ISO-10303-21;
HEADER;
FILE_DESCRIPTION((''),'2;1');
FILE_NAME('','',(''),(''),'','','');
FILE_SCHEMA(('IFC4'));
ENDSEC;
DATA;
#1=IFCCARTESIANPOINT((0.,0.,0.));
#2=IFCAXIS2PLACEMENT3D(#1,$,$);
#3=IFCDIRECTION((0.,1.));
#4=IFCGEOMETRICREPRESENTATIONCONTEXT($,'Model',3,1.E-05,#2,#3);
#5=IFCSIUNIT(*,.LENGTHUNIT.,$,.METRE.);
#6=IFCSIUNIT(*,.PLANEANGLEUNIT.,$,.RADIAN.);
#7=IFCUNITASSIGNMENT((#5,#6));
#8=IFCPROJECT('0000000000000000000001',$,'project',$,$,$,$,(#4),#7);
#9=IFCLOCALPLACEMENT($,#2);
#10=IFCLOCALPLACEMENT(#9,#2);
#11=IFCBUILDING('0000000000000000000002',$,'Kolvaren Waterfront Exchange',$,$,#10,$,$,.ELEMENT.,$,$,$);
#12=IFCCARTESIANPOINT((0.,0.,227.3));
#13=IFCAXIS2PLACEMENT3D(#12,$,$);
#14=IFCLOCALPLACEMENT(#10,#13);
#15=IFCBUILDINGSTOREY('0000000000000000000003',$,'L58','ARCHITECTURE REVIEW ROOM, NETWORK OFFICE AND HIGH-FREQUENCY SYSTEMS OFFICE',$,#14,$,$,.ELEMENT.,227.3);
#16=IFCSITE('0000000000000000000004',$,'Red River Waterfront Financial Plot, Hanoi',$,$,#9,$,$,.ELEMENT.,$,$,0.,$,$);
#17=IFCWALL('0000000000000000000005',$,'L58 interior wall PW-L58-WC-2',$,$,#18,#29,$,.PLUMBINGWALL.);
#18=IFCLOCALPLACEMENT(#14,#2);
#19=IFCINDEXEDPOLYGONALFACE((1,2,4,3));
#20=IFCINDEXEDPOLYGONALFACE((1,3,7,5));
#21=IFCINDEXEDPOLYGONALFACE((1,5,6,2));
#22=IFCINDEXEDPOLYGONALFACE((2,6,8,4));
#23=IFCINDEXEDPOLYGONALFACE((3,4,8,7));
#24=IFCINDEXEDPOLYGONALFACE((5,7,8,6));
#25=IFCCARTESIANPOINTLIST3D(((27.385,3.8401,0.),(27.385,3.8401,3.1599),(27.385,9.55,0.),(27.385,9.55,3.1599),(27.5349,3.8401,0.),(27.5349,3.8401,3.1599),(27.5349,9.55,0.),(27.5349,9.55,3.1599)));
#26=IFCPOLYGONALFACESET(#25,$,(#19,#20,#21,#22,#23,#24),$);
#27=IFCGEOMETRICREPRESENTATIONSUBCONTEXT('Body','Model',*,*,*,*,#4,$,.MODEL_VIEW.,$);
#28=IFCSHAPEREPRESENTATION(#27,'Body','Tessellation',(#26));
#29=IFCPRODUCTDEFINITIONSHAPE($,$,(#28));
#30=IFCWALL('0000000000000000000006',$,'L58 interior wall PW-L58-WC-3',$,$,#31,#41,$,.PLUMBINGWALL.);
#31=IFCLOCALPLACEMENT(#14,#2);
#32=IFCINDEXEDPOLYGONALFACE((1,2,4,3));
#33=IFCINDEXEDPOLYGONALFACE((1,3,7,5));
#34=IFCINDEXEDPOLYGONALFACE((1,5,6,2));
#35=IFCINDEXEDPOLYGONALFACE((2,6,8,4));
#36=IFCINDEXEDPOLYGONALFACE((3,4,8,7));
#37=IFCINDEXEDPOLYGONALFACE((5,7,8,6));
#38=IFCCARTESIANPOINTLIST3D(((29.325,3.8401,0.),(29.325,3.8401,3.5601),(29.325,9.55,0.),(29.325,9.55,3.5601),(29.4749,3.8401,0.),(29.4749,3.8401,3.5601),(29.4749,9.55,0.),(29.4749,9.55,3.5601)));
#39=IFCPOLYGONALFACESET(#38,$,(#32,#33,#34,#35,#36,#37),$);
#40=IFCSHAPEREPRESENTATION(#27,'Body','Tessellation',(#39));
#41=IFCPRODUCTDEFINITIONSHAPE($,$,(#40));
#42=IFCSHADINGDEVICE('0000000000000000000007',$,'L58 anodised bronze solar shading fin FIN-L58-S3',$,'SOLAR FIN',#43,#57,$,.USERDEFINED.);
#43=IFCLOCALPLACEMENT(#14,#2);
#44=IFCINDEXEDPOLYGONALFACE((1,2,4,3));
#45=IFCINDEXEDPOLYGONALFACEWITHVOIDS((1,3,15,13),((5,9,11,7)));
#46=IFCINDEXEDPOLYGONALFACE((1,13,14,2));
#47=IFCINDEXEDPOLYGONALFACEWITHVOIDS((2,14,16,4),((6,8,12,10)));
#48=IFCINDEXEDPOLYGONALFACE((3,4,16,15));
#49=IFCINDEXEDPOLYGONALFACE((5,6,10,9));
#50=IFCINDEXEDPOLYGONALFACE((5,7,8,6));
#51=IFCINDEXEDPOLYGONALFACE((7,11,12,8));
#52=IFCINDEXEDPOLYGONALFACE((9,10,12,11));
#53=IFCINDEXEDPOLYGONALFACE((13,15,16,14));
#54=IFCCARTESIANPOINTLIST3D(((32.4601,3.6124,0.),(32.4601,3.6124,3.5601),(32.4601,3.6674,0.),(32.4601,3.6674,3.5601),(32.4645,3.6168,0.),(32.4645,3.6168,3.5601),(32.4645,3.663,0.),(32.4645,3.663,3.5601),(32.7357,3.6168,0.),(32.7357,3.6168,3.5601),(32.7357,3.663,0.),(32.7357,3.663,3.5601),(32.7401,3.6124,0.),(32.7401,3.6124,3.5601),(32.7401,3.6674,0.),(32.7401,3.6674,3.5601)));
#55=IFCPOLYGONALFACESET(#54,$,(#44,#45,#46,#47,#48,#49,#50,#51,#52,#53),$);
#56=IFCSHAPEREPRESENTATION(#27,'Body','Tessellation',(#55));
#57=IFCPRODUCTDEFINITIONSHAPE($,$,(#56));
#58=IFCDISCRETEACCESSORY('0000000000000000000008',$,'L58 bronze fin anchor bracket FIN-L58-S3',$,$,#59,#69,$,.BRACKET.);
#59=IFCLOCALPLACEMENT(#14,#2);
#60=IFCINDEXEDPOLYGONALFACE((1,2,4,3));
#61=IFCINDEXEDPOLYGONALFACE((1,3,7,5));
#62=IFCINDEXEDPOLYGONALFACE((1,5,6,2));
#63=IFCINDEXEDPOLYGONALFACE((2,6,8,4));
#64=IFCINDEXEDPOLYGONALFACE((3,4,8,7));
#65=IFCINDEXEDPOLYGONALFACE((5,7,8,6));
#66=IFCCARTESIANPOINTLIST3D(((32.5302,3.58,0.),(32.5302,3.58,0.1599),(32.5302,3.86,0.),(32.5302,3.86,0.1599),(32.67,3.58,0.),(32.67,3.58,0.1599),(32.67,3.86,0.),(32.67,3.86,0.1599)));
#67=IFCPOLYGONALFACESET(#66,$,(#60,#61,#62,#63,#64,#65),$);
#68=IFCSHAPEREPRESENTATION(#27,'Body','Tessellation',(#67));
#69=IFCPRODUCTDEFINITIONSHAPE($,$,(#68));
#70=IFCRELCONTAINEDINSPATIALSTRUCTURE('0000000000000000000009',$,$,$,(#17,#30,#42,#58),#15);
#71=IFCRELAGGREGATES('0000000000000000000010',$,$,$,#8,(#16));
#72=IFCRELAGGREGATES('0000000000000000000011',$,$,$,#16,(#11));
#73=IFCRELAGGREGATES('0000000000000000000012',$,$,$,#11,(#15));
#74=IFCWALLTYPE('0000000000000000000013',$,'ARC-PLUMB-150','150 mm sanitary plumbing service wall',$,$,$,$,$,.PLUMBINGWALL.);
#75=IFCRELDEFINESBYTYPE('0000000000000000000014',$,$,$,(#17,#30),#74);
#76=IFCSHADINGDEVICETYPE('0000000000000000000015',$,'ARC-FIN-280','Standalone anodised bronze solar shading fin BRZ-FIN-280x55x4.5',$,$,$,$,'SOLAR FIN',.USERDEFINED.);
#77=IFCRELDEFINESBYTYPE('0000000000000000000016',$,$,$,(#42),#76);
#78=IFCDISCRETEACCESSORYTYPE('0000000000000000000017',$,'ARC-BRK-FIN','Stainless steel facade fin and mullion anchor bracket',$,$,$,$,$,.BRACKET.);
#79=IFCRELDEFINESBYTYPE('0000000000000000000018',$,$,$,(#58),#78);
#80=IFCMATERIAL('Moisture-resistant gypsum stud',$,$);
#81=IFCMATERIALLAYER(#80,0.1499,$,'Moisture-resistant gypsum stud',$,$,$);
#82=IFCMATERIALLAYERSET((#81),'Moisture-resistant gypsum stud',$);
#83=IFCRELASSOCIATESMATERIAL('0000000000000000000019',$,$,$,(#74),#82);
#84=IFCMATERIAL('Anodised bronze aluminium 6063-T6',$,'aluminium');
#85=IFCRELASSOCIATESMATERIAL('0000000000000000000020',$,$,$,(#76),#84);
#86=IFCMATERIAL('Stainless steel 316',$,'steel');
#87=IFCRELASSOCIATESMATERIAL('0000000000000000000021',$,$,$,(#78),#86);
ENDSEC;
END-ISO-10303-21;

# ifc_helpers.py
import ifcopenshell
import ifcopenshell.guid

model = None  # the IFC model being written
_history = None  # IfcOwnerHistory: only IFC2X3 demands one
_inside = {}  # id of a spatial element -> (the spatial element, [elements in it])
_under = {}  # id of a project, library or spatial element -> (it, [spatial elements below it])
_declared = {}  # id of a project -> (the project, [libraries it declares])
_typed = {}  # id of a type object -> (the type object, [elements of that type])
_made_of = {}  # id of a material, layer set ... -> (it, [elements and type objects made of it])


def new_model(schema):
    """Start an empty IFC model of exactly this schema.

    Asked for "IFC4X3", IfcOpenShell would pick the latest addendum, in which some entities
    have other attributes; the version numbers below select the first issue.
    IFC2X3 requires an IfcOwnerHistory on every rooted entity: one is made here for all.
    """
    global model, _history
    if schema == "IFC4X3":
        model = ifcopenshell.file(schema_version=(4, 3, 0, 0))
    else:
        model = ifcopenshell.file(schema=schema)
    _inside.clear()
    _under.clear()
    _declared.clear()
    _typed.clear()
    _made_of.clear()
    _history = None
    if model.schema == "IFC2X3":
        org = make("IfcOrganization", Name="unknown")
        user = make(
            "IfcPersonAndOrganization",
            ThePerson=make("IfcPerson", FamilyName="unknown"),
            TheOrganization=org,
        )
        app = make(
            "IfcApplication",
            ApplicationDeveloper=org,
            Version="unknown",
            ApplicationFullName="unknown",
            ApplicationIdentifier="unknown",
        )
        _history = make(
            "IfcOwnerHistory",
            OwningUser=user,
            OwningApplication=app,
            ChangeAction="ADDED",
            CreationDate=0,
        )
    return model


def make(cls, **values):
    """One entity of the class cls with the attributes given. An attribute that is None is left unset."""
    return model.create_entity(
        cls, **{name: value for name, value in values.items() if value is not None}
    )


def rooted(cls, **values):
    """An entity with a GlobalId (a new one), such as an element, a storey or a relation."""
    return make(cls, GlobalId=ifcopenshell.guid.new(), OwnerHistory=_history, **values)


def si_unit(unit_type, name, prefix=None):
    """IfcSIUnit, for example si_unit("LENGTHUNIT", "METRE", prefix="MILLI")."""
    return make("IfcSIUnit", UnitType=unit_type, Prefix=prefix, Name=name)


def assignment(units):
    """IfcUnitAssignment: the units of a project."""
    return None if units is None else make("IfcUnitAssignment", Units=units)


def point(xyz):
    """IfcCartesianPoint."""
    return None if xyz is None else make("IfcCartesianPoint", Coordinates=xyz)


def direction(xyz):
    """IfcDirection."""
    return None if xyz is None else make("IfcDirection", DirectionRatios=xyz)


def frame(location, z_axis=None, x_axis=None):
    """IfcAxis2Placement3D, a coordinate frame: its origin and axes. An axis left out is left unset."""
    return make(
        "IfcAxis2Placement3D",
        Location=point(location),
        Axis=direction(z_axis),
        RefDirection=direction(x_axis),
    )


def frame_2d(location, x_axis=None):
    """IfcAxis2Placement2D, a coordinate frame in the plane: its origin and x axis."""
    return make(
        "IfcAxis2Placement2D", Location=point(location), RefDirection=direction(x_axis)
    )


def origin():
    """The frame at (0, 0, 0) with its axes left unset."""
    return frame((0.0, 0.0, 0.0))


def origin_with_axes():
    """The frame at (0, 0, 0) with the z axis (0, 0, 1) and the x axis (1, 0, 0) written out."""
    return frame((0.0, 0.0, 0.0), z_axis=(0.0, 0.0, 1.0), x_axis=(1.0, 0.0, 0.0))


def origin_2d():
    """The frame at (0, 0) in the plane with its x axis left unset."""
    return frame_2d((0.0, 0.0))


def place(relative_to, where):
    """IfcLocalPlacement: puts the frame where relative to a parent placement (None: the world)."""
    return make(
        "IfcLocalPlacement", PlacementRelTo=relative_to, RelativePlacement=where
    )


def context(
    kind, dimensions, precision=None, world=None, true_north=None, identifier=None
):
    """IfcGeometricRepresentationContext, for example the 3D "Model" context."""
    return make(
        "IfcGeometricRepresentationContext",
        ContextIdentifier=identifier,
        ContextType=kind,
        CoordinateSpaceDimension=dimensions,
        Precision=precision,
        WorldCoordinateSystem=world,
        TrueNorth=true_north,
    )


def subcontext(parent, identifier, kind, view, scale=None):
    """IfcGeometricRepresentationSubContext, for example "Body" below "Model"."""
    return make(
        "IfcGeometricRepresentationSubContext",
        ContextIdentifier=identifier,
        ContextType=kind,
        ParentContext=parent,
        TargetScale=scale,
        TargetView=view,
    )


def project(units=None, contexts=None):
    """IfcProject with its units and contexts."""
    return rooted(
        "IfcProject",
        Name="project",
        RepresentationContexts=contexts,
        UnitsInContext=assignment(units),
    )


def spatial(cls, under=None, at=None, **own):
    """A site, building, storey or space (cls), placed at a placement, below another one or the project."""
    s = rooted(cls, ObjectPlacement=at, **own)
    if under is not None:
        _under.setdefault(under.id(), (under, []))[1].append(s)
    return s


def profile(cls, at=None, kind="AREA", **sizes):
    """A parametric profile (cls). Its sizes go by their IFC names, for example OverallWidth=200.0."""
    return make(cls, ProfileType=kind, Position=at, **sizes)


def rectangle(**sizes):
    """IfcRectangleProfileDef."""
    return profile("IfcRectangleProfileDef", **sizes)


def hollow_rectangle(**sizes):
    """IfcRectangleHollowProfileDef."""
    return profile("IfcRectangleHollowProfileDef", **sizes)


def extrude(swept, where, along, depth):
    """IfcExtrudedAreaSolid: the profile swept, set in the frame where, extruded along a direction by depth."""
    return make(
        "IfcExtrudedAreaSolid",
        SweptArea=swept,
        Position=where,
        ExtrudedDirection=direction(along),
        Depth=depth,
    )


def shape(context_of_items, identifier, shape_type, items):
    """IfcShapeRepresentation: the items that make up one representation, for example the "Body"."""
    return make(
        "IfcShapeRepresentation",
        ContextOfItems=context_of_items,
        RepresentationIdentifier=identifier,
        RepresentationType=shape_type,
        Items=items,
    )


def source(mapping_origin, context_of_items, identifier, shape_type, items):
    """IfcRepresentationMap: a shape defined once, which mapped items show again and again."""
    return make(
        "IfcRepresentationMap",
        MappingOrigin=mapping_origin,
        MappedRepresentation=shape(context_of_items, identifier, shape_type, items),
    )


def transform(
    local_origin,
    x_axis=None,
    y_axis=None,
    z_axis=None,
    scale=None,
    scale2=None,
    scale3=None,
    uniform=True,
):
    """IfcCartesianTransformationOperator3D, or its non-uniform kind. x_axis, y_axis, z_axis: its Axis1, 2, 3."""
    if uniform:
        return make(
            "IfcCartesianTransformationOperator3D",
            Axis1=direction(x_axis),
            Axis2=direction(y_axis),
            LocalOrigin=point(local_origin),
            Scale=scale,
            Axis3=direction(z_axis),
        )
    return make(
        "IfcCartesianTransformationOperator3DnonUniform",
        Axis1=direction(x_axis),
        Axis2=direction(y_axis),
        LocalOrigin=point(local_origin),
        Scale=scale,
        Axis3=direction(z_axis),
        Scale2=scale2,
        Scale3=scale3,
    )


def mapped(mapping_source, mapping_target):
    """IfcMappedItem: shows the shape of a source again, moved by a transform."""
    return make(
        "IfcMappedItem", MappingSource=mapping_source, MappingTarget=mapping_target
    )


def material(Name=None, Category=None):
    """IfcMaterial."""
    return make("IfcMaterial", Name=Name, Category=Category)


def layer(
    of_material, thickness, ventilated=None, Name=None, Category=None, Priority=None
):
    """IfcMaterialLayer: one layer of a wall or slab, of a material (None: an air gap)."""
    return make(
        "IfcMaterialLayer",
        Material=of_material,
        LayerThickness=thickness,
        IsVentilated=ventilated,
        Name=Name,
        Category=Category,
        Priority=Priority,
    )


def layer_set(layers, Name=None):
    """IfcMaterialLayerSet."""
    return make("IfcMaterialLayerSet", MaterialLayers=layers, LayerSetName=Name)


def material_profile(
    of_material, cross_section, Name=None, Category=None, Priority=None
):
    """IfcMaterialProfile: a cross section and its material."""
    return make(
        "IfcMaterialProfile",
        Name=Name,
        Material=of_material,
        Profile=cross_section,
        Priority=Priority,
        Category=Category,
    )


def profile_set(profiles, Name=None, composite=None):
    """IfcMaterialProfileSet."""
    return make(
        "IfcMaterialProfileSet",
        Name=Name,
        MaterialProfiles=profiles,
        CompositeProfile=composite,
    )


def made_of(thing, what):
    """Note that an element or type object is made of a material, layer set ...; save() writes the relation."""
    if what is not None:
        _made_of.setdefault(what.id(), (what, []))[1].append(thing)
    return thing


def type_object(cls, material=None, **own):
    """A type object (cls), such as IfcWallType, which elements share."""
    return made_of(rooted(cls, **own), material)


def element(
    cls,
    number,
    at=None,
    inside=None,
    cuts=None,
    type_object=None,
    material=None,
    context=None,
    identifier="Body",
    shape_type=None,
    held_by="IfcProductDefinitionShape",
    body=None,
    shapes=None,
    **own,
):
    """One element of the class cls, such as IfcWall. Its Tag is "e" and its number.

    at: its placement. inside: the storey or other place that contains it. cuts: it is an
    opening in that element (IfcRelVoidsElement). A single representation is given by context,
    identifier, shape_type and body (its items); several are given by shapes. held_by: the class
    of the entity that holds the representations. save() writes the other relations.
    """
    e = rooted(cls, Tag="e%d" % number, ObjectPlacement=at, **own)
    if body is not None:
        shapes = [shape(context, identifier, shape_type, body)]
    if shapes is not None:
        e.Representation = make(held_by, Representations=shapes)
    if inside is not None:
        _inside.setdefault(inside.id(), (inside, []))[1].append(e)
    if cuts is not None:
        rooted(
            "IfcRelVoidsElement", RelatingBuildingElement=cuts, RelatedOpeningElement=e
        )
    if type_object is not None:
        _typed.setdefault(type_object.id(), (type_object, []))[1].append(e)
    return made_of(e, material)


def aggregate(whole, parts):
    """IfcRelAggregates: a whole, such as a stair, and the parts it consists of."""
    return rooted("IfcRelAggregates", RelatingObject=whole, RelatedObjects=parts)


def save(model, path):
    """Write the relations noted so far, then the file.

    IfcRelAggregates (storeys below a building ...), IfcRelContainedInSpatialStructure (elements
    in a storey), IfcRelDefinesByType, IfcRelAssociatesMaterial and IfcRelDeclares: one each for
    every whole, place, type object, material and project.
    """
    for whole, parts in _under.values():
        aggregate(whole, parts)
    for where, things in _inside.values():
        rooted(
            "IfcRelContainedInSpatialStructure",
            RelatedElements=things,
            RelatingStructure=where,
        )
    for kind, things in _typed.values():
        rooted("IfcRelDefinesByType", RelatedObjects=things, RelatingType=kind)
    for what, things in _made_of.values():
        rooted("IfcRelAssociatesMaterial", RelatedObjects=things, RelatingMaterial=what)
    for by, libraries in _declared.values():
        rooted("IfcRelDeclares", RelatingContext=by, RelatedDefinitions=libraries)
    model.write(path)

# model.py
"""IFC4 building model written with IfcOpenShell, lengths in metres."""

from ifc_helpers import new_model, si_unit, direction, frame, frame_2d, origin, origin_with_axes, origin_2d, place, context, subcontext, project, spatial, rectangle, hollow_rectangle, extrude, source, transform, mapped, material, layer, layer_set, material_profile, profile_set, type_object, element, save


model = new_model("IFC4")

# Units and contexts
model_context = context("Model", 3, precision=1e-05, world=origin(), true_north=direction((0.0, 1.0)))
body_context = subcontext(model_context, "Body", "Model", "MODEL_VIEW")
ifc_project = project(units=[si_unit("LENGTHUNIT", "METRE"), si_unit("PLANEANGLEUNIT", "RADIAN")], contexts=[model_context])

# Site, building, storey
site_placement = place(None, origin())
site = spatial("IfcSite", under=ifc_project, at=site_placement, Name="Red River Waterfront Financial Plot, Hanoi", CompositionType="ELEMENT", RefElevation=0.0)
building_placement = place(site_placement, origin())
building = spatial("IfcBuilding", under=site, at=building_placement, Name="Kolvaren Waterfront Exchange", CompositionType="ELEMENT")
storey_placement = place(building_placement, frame((0.0, 0.0, 227.3)))
storey = spatial("IfcBuildingStorey", under=building, at=storey_placement, Name="L58", Description="ARCHITECTURE REVIEW ROOM, NETWORK OFFICE AND HIGH-FREQUENCY SYSTEMS OFFICE", CompositionType="ELEMENT", Elevation=227.3)

# Shared definitions
ifc_material_1 = material(Name="Anodised bronze aluminium 6063-T6", Category="aluminium")

# Shared definitions
ifc_material_2 = material(Name="Moisture-resistant gypsum stud")
ifc_layer_1 = layer(ifc_material_2, 0.1499, Name="Moisture-resistant gypsum stud")
ifc_layer_set_1 = layer_set([ifc_layer_1], Name="Moisture-resistant gypsum stud")
wall_type_1 = type_object("IfcWallType", Name="ARC-PLUMB-150", Description="150 mm sanitary plumbing service wall", PredefinedType="PLUMBINGWALL", material=ifc_layer_set_1)

# Walls
wall_1_placement = place(storey_placement, frame((27.46, 3.8401, 0.0), z_axis=(0.0, 0.0, 1.0), x_axis=(0.0, 1.0, 0.0)))
element("IfcWall", 1, at=wall_1_placement, inside=storey, type_object=wall_type_1, Name="L58 interior wall PW-L58-WC-2", PredefinedType="PLUMBINGWALL", context=body_context, shape_type="SweptSolid", body=[
    extrude(rectangle(XDim=5.71, YDim=0.1499, at=frame_2d((2.855, 0.0))), origin(), (0.0, 0.0, 1.0), 3.1599),
])
wall_2_placement = place(storey_placement, frame((29.3999, 3.8401, 0.0), z_axis=(0.0, 0.0, 1.0), x_axis=(0.0, 1.0, 0.0)))
element("IfcWall", 2, at=wall_2_placement, inside=storey, type_object=wall_type_1, Name="L58 interior wall PW-L58-WC-3", PredefinedType="PLUMBINGWALL", context=body_context, shape_type="SweptSolid", body=[
    extrude(rectangle(XDim=5.71, YDim=0.1499, at=frame_2d((2.855, 0.0))), origin(), (0.0, 0.0, 1.0), 3.5601),
])

# Shading device
ifc_material_profile_1 = material_profile(ifc_material_1, hollow_rectangle(XDim=0.0549, YDim=0.28, WallThickness=0.0044, at=origin_2d()), Name="BRZ-FIN-280x55x4.5")
ifc_profile_set_1 = profile_set([ifc_material_profile_1], Name="Anodised bronze aluminium 6063-T6")
shading_device_type = type_object("IfcShadingDeviceType", Name="ARC-FIN-280", Description="Standalone anodised bronze solar shading fin BRZ-FIN-280x55x4.5", ElementType="SOLAR FIN", PredefinedType="USERDEFINED", material=ifc_profile_set_1)
shading_device_placement = place(storey_placement, frame((32.6001, 3.6399, 0.0), z_axis=(0.0, 0.0, 1.0), x_axis=(0.0, -1.0, 0.0)))
element("IfcShadingDevice", 3, at=shading_device_placement, inside=storey, type_object=shading_device_type, Name="L58 anodised bronze solar shading fin FIN-L58-S3", ObjectType="SOLAR FIN", PredefinedType="USERDEFINED", context=body_context, shape_type="SweptSolid", body=[
    extrude(hollow_rectangle(XDim=0.0549, YDim=0.28, WallThickness=0.0044, at=origin_2d()), origin(), (0.0, 0.0, 1.0), 3.5601),
])

# Discrete accessory
ifc_material_3 = material(Name="Stainless steel 316", Category="steel")
discrete_accessory_type = type_object("IfcDiscreteAccessoryType", Name="ARC-BRK-FIN", Description="Stainless steel facade fin and mullion anchor bracket", PredefinedType="BRACKET", material=ifc_material_3)
shared_shape_1 = source(origin_with_axes(), body_context, "Body", "SweptSolid", [
    extrude(rectangle(XDim=0.28, YDim=0.1399, at=origin_2d()), origin(), (0.0, 0.0, 1.0), 0.1599),
])
discrete_accessory_placement = place(storey_placement, frame((32.6001, 3.72, 0.0), z_axis=(0.0, 0.0, 1.0), x_axis=(0.0, -1.0, 0.0)))
element("IfcDiscreteAccessory", 4, at=discrete_accessory_placement, inside=storey, type_object=discrete_accessory_type, Name="L58 bronze fin anchor bracket FIN-L58-S3", PredefinedType="BRACKET", context=body_context, shape_type="MappedRepresentation", body=[
    mapped(shared_shape_1, transform((0.0, 0.0, 0.0), x_axis=(1.0, 0.0, 0.0), y_axis=(0.0, 1.0, 0.0), z_axis=(0.0, 0.0, 1.0), scale=1.0)),
])

save(model, "model.ifc")
